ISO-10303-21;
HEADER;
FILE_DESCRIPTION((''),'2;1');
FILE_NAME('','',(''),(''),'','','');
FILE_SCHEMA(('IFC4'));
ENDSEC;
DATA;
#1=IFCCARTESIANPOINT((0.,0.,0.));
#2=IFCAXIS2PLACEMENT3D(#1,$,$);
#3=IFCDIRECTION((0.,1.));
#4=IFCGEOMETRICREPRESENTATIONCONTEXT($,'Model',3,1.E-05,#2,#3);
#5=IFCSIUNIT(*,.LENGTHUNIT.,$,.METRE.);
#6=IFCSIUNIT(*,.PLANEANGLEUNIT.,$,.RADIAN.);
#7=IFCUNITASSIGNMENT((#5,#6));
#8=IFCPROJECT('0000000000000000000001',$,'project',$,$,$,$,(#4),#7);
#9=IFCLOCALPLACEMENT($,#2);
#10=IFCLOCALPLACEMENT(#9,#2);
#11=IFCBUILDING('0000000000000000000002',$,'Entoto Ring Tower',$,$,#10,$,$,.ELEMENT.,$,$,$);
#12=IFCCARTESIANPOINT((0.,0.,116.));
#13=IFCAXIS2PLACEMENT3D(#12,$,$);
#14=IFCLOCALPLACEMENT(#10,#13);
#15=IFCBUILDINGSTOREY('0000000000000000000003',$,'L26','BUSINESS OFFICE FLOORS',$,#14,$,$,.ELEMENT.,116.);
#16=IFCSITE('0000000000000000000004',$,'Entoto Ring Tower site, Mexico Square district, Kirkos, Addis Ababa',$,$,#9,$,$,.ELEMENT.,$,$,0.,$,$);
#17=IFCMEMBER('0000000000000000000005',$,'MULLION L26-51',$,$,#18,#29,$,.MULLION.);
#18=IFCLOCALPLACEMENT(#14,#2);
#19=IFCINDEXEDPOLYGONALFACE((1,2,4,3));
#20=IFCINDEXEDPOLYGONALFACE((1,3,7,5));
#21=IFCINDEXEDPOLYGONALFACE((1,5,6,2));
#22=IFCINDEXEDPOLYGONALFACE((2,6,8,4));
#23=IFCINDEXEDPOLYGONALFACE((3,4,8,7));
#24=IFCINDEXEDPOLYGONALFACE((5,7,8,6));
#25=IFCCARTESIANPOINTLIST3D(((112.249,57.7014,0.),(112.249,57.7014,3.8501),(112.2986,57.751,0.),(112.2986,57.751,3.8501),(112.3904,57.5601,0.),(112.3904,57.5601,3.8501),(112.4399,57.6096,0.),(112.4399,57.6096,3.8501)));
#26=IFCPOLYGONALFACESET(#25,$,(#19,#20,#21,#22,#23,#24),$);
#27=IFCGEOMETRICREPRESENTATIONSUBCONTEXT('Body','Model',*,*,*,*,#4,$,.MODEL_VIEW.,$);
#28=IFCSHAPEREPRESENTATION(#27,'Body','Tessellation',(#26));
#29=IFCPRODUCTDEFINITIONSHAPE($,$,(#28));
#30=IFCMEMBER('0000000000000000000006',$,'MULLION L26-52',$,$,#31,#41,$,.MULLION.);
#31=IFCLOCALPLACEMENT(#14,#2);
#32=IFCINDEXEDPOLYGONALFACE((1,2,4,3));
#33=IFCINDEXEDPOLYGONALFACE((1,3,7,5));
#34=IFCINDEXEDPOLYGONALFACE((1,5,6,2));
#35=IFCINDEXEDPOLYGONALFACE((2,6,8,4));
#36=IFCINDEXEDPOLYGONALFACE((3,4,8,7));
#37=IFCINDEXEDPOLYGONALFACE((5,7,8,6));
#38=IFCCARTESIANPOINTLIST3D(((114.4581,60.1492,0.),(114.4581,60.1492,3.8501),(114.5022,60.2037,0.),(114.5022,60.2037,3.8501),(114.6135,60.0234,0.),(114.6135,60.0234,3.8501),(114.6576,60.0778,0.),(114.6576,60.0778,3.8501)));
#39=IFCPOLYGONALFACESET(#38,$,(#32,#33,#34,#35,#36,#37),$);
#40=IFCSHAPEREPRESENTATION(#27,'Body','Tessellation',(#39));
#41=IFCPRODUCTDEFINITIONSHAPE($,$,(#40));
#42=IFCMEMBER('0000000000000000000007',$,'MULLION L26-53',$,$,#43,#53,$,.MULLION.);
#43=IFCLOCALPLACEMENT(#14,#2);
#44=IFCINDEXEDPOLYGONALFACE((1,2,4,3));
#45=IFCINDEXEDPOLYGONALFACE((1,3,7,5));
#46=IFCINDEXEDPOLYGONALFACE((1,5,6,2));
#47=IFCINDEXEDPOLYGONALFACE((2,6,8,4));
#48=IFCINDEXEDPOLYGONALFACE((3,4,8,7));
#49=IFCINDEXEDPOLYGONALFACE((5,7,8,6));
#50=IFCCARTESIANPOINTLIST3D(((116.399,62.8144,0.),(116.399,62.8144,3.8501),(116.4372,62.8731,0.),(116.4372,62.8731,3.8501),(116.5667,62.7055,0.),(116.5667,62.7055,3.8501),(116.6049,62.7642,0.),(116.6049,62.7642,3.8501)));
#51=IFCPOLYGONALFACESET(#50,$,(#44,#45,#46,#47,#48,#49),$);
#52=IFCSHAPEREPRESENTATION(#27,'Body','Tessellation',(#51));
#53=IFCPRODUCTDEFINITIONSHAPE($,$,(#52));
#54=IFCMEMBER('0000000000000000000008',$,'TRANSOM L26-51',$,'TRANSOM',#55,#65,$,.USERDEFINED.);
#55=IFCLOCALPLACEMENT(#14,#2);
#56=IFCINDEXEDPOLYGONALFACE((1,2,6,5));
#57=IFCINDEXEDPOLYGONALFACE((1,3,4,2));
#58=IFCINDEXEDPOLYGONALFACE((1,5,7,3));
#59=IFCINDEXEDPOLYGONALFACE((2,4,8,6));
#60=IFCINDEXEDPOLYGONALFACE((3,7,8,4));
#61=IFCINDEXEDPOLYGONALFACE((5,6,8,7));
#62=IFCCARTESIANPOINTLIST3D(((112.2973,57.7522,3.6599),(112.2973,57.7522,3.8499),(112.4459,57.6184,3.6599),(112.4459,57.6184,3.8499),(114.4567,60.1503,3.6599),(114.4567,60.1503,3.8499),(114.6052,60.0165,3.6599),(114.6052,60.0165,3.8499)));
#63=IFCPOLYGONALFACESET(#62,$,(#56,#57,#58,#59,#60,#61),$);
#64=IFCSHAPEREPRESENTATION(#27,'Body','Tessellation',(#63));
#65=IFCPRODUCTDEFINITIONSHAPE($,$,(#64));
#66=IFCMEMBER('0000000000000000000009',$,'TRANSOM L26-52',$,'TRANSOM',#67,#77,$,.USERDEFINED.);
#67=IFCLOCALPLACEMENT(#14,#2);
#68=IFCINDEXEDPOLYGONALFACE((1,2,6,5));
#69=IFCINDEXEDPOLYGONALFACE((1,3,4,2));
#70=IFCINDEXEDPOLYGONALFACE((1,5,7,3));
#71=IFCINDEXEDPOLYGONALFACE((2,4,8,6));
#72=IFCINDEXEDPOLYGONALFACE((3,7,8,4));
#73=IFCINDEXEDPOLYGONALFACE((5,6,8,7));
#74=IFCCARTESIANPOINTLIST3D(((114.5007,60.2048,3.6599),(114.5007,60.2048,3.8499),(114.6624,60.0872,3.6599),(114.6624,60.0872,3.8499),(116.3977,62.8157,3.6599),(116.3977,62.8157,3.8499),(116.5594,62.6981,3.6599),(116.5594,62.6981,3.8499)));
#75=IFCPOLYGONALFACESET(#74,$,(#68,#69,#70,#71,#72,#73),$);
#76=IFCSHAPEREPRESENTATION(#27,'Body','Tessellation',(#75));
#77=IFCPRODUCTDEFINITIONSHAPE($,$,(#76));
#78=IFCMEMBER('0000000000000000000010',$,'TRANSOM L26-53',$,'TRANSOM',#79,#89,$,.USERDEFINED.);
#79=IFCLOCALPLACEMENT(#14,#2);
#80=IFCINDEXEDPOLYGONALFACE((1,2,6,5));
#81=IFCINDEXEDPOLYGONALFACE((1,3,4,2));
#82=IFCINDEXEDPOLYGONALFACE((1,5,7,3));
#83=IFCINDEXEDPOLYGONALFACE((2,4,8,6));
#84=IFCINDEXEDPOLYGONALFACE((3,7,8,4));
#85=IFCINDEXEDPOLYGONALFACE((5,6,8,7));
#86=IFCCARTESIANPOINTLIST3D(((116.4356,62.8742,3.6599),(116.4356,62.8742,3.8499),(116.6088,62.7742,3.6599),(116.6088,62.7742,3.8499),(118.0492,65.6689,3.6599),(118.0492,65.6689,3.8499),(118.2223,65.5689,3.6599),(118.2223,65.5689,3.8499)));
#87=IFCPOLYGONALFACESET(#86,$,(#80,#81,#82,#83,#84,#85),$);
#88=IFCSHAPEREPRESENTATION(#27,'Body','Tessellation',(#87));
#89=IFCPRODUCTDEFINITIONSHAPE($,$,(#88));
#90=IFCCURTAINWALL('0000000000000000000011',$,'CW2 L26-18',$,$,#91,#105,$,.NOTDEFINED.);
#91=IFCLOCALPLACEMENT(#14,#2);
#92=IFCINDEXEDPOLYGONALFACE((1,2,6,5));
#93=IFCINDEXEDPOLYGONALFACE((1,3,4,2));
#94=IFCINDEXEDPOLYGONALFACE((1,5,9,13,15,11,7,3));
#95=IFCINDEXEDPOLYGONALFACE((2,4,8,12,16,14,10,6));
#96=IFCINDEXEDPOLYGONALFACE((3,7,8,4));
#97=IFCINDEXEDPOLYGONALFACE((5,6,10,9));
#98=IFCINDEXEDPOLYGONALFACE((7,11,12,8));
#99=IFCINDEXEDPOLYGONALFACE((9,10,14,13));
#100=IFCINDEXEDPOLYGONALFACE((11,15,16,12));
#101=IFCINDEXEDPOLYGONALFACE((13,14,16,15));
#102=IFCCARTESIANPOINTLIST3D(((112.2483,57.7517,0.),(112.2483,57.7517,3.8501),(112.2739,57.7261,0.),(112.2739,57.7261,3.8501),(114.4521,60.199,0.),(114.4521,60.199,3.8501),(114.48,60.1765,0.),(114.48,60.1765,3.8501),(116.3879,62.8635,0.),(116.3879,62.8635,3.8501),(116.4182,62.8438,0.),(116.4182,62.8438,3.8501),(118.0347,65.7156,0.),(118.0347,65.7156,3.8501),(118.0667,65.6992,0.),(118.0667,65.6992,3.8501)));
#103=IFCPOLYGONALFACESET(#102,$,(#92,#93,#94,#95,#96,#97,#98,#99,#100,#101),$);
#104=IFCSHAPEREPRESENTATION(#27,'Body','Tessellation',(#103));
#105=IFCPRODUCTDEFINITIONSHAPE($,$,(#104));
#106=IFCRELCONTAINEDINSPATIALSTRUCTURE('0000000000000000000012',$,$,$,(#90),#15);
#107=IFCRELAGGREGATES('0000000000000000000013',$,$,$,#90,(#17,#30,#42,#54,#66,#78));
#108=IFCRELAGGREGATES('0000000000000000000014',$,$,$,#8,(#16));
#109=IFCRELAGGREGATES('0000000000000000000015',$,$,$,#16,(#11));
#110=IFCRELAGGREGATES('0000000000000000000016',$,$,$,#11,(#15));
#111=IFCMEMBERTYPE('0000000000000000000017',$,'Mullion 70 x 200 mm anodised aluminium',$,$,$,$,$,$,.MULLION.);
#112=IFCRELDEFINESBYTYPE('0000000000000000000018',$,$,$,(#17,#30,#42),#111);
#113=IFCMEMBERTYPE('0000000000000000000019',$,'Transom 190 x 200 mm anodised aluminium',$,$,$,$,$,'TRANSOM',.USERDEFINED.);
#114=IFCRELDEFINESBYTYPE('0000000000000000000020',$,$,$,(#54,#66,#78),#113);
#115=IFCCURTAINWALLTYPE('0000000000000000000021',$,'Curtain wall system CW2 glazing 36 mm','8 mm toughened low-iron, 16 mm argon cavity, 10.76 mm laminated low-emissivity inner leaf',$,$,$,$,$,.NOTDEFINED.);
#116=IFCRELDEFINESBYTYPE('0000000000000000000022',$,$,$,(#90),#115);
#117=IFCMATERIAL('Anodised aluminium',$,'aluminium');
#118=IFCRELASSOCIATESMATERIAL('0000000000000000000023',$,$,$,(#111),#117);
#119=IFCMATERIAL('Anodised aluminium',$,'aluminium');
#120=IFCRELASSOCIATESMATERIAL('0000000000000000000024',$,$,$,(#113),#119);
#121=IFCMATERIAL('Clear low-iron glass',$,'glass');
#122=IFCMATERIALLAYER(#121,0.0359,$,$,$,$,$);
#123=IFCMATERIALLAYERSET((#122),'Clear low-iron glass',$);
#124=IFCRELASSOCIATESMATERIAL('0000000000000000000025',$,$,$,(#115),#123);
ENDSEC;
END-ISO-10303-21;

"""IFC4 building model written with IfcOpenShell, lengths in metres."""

from ifc_helpers import new_model, si_unit, direction, frame, origin, origin_2d, place, context, subcontext, project, spatial, polyline, rectangle, outline, extrude, material, layer, layer_set, material_profile, profile_set, type_object, element, aggregate, save


model = new_model("IFC4")

# Units and contexts
model_context = context("Model", 3, precision=1e-05, world=origin(), true_north=direction((0.0, 1.0)))
body_context = subcontext(model_context, "Body", "Model", "MODEL_VIEW")
ifc_project = project(units=[si_unit("LENGTHUNIT", "METRE"), si_unit("PLANEANGLEUNIT", "RADIAN")], contexts=[model_context])

# Members
ifc_material_1 = material(Name="Anodised aluminium", Category="aluminium")
ifc_material_profile_1 = material_profile(ifc_material_1, rectangle(XDim=0.0701, YDim=0.2, at=origin_2d()), Name="Mullion 70 x 200 mm anodised aluminium")
ifc_profile_set_1 = profile_set([ifc_material_profile_1], Name="Anodised aluminium")
member_type_1 = type_object("IfcMemberType", Name="Mullion 70 x 200 mm anodised aluminium", PredefinedType="MULLION", material=ifc_profile_set_1)
site_placement = place(None, origin())
building_placement = place(site_placement, origin())
storey_placement = place(building_placement, frame((0.0, 0.0, 116.0)))
member_1_placement = place(storey_placement, frame((112.3445, 57.6555, 0.0), z_axis=(0.0, 0.0, 1.0), x_axis=(0.707107, 0.707107, 0.0)))
member_1 = element("IfcMember", 1, at=member_1_placement, type_object=member_type_1, Name="MULLION L26-51", PredefinedType="MULLION", context=body_context, shape_type="SweptSolid", body=[
    extrude(rectangle(XDim=0.0701, YDim=0.2, at=origin_2d()), origin(), (0.0, 0.0, 1.0), 3.8501),
])
member_2_placement = place(storey_placement, frame((114.5579, 60.1135, 0.0), z_axis=(0.0, 0.0, 1.0), x_axis=(0.62932, 0.777146, 0.0)))
member_2 = element("IfcMember", 2, at=member_2_placement, type_object=member_type_1, Name="MULLION L26-52", PredefinedType="MULLION", context=body_context, shape_type="SweptSolid", body=[
    extrude(rectangle(XDim=0.0701, YDim=0.2, at=origin_2d()), origin(), (0.0, 0.0, 1.0), 3.8501),
])
member_3_placement = place(storey_placement, frame((116.502, 62.7893, 0.0), z_axis=(0.0, 0.0, 1.0), x_axis=(0.544639, 0.838671, 0.0)))
member_3 = element("IfcMember", 3, at=member_3_placement, type_object=member_type_1, Name="MULLION L26-53", PredefinedType="MULLION", context=body_context, shape_type="SweptSolid", body=[
    extrude(rectangle(XDim=0.0701, YDim=0.2, at=origin_2d()), origin(), (0.0, 0.0, 1.0), 3.8501),
])
ifc_material_2 = material(Name="Anodised aluminium", Category="aluminium")
ifc_material_profile_2 = material_profile(ifc_material_2, rectangle(XDim=0.2, YDim=0.1899, at=origin_2d()), Name="Transom 190 x 200 mm anodised aluminium")
ifc_profile_set_2 = profile_set([ifc_material_profile_2], Name="Anodised aluminium")
member_type_2 = type_object("IfcMemberType", Name="Transom 190 x 200 mm anodised aluminium", ElementType="TRANSOM", PredefinedType="USERDEFINED", material=ifc_profile_set_2)
member_4_placement = place(storey_placement, frame((112.3716, 57.6853, 3.7549), z_axis=(0.669144, 0.743132, 0.0), x_axis=(-0.743132, 0.669144, 0.0)))
member_4 = element("IfcMember", 4, at=member_4_placement, type_object=member_type_2, Name="TRANSOM L26-51", ObjectType="TRANSOM", PredefinedType="USERDEFINED", context=body_context, shape_type="SweptSolid", body=[
    extrude(rectangle(XDim=0.2, YDim=0.1899, at=origin_2d()), origin(), (0.0, 0.0, 1.0), 3.2271),
])
member_5_placement = place(storey_placement, frame((114.5815, 60.146, 3.7549), z_axis=(0.587803, 0.809004, 0.0), x_axis=(-0.809004, 0.587803, 0.0)))
member_5 = element("IfcMember", 5, at=member_5_placement, type_object=member_type_2, Name="TRANSOM L26-52", ObjectType="TRANSOM", PredefinedType="USERDEFINED", context=body_context, shape_type="SweptSolid", body=[
    extrude(rectangle(XDim=0.2, YDim=0.1899, at=origin_2d()), origin(), (0.0, 0.0, 1.0), 3.2273),
])
member_6_placement = place(storey_placement, frame((116.5222, 62.8242, 3.7549), z_axis=(0.500004, 0.866023, 0.0), x_axis=(-0.866023, 0.500004, 0.0)))
member_6 = element("IfcMember", 6, at=member_6_placement, type_object=member_type_2, Name="TRANSOM L26-53", ObjectType="TRANSOM", PredefinedType="USERDEFINED", context=body_context, shape_type="SweptSolid", body=[
    extrude(rectangle(XDim=0.2, YDim=0.1899, at=origin_2d()), origin(), (0.0, 0.0, 1.0), 3.2271),
])

# Site, building, storey
site = spatial("IfcSite", under=ifc_project, at=site_placement, Name="Entoto Ring Tower site, Mexico Square district, Kirkos, Addis Ababa", CompositionType="ELEMENT", RefElevation=0.0)
building = spatial("IfcBuilding", under=site, at=building_placement, Name="Entoto Ring Tower", CompositionType="ELEMENT")
storey = spatial("IfcBuildingStorey", under=building, at=storey_placement, Name="L26", Description="BUSINESS OFFICE FLOORS", CompositionType="ELEMENT", Elevation=116.0)

# Curtain wall
ifc_material_3 = material(Name="Clear low-iron glass", Category="glass")
ifc_layer_1 = layer(ifc_material_3, 0.0359)
ifc_layer_set_1 = layer_set([ifc_layer_1], Name="Clear low-iron glass")
curtain_wall_type = type_object("IfcCurtainWallType", Name="Curtain wall system CW2 glazing 36 mm", Description="8 mm toughened low-iron, 16 mm argon cavity, 10.76 mm laminated low-emissivity inner leaf", PredefinedType="NOTDEFINED", material=ifc_layer_set_1)
curtain_wall_1_placement = place(storey_placement, origin())
curtain_wall_1 = element("IfcCurtainWall", 7, at=curtain_wall_1_placement, inside=storey, type_object=curtain_wall_type, Name="CW2 L26-18", PredefinedType="NOTDEFINED", context=body_context, shape_type="SweptSolid", body=[
    extrude(outline(polyline([(112.2739, 57.7261), (114.48, 60.1765), (116.4182, 62.8438), (118.0667, 65.6992), (118.0347, 65.7156), (116.3879, 62.8635), (114.4521, 60.199), (112.2483, 57.7517), (112.2739, 57.7261)])), origin(), (0.0, 0.0, 1.0), 3.8501),
])
aggregate(curtain_wall_1, [member_1, member_2, member_3, member_4, member_5, member_6])

save(model, "model.ifc")
